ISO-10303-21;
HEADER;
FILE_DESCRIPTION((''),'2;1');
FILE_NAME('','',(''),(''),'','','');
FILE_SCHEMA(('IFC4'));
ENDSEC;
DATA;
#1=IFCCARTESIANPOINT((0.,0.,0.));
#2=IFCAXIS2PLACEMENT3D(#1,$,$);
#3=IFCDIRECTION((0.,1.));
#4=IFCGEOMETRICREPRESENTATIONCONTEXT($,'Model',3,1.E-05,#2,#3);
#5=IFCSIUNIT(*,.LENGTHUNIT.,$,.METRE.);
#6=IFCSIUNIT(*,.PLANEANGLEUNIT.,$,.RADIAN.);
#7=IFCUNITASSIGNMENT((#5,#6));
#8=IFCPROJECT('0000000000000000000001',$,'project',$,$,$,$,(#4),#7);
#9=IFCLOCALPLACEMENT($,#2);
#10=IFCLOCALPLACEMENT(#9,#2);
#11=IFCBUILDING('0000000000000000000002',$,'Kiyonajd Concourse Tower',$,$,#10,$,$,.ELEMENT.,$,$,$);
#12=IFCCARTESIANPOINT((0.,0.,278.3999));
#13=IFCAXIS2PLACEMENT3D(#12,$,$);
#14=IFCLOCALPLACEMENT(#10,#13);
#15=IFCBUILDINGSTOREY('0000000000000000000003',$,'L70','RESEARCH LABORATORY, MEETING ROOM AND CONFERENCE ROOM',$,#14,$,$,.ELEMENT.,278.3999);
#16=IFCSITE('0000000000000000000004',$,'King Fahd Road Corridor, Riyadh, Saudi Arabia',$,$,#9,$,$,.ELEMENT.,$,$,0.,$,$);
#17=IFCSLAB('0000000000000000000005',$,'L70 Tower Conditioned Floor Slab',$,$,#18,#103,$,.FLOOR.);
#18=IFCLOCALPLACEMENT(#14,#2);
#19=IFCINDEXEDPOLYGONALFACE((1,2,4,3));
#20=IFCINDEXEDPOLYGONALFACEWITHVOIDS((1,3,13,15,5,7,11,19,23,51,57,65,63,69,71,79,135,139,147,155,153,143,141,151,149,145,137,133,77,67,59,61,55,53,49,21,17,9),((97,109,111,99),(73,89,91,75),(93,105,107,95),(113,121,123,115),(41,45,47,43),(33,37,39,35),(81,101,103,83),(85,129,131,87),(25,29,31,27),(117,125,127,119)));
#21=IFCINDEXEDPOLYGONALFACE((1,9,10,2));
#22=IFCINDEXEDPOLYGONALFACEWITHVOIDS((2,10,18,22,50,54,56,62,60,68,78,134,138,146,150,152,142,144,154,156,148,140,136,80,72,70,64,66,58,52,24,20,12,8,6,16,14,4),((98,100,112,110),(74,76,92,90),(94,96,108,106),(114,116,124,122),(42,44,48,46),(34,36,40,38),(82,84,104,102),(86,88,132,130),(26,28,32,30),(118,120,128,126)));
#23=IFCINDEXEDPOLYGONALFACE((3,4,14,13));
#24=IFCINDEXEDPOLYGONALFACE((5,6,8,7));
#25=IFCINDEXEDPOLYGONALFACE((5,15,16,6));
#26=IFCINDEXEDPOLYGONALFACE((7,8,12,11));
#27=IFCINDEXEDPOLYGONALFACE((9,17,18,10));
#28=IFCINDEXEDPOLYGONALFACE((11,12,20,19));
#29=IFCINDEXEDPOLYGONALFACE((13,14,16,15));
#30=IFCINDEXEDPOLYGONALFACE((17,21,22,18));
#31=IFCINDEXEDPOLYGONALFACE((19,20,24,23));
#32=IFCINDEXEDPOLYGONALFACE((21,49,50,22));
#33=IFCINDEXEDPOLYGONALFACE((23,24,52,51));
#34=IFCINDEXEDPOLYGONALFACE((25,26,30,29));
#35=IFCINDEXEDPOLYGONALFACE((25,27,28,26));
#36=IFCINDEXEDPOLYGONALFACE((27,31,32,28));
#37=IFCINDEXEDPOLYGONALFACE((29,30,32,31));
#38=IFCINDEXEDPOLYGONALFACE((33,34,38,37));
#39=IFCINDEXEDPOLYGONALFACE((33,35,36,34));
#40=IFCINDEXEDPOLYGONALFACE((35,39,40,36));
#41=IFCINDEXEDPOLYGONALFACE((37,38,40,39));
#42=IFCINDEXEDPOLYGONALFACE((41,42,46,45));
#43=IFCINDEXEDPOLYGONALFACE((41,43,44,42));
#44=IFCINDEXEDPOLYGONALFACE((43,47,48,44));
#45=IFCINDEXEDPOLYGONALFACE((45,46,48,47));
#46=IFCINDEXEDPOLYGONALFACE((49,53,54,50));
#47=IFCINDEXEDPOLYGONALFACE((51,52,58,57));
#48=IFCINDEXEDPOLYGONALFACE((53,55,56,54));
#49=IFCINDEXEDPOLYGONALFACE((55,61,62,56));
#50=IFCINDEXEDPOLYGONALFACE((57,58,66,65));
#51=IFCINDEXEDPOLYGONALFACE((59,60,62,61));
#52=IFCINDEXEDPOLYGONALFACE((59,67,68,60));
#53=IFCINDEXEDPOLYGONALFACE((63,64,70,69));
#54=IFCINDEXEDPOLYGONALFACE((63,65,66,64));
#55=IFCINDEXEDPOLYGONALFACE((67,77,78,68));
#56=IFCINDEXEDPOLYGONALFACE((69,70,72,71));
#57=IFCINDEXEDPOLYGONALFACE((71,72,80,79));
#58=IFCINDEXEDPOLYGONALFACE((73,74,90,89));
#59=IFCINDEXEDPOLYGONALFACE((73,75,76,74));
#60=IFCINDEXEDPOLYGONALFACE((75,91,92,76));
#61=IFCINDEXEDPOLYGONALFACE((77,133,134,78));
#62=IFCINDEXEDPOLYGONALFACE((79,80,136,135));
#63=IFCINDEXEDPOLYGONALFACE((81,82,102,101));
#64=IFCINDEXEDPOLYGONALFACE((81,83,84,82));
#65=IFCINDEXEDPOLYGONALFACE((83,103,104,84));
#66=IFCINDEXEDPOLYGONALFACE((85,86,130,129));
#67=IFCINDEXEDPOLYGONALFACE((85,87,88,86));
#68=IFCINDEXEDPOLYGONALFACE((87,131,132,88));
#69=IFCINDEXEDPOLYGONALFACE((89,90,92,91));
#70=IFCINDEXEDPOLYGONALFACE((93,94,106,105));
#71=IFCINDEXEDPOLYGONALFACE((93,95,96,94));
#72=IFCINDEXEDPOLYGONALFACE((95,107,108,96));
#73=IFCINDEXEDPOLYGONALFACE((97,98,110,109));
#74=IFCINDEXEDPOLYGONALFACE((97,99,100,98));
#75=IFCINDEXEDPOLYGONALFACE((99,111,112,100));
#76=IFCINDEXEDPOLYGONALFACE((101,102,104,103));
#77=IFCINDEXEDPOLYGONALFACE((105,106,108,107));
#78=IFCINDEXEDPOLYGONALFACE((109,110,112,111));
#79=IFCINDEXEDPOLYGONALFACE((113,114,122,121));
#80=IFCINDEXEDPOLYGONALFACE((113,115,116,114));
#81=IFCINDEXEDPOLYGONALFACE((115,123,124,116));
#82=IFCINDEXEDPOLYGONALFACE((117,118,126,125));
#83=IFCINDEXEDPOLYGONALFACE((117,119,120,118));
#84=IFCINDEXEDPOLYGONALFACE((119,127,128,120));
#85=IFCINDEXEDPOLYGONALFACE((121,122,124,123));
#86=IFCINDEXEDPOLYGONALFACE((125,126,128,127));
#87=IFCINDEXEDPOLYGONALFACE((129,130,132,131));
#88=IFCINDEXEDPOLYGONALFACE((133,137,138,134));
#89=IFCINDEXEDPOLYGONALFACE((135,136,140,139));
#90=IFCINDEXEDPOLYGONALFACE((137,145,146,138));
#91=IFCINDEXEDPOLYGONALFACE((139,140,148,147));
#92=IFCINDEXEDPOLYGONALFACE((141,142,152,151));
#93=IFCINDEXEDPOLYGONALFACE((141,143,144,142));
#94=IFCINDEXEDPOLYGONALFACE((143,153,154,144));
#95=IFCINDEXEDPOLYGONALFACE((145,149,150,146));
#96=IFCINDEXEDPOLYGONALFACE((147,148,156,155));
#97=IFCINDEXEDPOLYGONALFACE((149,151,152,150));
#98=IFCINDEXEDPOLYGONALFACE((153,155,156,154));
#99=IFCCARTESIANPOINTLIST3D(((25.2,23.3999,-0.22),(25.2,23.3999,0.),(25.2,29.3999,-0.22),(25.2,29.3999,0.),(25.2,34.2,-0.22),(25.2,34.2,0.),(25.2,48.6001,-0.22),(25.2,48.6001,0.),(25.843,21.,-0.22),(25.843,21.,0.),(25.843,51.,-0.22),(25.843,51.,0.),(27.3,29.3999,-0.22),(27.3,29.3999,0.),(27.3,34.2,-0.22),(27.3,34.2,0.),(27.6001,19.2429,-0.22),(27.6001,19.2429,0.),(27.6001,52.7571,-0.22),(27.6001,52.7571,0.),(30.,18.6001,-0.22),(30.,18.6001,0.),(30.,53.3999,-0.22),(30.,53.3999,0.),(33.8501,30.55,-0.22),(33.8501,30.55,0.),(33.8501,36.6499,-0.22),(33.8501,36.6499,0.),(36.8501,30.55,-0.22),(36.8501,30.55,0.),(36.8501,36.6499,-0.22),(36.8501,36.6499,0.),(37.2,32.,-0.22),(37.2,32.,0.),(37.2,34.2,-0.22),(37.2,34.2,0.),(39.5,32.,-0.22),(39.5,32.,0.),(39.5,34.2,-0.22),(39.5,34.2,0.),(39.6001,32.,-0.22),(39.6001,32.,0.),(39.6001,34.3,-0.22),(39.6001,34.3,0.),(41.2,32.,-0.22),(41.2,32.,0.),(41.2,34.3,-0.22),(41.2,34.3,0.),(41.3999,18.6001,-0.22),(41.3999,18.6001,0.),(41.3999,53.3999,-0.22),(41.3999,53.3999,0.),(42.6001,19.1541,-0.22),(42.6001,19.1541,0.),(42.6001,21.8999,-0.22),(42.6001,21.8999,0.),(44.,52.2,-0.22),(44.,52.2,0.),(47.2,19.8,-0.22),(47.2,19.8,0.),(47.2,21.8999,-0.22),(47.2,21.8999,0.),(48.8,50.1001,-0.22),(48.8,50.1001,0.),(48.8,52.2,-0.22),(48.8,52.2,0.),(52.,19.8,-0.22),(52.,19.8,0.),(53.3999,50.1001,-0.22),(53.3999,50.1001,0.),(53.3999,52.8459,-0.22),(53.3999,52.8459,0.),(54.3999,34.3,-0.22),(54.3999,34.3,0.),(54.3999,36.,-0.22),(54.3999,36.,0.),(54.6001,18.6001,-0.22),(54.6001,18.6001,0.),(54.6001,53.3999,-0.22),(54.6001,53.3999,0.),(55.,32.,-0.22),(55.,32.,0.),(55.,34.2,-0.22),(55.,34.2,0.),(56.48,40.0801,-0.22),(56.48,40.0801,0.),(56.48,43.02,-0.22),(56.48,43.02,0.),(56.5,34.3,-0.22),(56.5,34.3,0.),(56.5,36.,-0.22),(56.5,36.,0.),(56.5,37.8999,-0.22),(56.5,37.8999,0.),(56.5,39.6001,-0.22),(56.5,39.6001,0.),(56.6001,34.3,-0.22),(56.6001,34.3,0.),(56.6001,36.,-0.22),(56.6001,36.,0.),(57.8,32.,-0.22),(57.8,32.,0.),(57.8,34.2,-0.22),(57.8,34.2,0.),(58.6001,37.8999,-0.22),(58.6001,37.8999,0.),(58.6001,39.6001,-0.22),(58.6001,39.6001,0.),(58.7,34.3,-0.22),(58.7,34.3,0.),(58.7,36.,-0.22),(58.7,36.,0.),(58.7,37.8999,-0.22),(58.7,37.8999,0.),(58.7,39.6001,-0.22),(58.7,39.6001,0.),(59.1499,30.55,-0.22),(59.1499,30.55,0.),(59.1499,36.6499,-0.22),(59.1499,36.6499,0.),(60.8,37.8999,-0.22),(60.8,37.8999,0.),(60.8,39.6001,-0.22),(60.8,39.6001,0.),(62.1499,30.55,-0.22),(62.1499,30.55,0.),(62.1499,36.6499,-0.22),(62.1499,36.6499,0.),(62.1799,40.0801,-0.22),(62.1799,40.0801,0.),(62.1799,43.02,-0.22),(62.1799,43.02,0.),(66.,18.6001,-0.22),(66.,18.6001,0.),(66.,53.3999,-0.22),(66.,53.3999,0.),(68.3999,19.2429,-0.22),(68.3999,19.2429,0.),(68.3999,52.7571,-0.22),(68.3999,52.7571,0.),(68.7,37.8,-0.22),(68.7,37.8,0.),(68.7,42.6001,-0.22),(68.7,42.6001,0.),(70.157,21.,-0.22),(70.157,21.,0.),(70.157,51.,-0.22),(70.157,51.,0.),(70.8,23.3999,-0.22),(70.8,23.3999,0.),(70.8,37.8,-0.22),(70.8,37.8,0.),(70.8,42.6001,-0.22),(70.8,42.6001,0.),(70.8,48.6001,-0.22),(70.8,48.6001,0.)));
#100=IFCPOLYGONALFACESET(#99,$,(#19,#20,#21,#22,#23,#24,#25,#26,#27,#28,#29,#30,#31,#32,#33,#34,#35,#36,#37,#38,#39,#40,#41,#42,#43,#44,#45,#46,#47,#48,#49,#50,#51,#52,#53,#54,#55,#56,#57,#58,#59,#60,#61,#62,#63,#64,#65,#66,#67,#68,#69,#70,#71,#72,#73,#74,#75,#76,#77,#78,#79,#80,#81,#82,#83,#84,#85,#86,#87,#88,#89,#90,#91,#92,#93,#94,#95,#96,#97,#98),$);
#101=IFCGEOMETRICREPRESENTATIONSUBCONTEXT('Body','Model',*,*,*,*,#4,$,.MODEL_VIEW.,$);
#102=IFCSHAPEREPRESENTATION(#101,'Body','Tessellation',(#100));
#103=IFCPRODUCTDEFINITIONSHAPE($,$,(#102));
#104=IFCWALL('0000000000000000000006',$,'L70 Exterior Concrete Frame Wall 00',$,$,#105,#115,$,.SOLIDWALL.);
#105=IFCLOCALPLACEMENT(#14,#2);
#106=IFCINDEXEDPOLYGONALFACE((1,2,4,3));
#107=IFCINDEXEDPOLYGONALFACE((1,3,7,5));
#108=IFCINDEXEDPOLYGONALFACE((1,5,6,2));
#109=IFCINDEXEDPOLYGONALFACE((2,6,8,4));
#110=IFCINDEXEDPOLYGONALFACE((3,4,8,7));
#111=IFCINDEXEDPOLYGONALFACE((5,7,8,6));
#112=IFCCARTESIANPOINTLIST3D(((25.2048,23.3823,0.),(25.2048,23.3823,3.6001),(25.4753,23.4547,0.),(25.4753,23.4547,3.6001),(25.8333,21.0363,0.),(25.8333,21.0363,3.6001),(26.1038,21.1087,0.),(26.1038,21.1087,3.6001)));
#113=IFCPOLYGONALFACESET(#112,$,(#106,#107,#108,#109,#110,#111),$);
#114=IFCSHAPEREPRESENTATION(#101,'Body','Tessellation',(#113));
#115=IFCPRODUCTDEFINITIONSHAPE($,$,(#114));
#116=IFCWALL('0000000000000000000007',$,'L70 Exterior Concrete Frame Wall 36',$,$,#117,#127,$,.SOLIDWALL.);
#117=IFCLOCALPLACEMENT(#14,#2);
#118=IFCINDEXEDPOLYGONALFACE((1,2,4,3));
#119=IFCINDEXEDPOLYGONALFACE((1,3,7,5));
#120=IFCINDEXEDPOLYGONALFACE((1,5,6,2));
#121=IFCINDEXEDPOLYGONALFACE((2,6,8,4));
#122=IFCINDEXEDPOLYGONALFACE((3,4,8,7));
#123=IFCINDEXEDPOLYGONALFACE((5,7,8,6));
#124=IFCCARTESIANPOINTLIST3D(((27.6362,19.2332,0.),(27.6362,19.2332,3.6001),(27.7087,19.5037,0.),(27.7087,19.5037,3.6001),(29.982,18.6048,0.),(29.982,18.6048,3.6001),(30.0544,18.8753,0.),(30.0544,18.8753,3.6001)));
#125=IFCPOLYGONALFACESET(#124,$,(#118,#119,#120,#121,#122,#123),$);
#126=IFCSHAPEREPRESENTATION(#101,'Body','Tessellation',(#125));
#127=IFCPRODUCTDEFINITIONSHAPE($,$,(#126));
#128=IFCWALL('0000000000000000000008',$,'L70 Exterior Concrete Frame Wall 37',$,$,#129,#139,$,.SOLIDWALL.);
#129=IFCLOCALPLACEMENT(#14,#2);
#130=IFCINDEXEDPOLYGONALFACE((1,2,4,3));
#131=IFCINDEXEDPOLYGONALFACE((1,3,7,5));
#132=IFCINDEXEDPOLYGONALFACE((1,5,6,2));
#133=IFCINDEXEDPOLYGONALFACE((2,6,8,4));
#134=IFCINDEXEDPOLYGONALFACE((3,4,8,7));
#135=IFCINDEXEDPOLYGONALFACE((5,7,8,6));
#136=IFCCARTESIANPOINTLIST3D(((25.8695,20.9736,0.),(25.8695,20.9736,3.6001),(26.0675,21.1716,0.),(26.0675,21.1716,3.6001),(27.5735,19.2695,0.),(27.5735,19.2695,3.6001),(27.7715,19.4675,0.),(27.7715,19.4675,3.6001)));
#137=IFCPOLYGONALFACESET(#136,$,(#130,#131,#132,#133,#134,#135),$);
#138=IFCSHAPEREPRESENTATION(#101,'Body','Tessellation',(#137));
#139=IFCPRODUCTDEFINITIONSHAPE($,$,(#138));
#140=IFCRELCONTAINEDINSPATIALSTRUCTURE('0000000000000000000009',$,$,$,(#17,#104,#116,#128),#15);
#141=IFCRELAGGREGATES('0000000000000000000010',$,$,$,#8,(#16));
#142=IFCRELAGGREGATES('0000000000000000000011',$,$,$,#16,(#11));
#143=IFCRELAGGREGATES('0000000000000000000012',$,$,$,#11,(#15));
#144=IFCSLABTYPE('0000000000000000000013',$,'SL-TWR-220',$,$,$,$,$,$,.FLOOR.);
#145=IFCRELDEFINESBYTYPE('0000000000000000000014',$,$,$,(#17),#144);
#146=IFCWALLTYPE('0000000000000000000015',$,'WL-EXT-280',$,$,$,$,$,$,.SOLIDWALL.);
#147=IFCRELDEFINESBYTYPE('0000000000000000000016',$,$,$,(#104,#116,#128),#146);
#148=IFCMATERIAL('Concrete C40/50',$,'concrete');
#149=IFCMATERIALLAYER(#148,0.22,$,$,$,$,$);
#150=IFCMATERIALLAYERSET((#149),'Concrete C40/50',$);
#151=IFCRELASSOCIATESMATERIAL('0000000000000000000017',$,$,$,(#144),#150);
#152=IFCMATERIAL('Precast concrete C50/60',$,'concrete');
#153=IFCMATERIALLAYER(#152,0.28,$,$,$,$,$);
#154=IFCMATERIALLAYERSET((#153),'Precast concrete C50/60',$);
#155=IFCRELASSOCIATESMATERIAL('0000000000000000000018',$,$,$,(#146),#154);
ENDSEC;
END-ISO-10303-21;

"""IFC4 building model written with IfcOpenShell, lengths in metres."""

from ifc_helpers import new_model, si_unit, direction, frame, frame_2d, origin, place, context, subcontext, project, spatial, polyline, rectangle, outline, extrude, material, layer, layer_set, type_object, element, save


model = new_model("IFC4")

# Units and contexts
model_context = context("Model", 3, precision=1e-05, world=origin(), true_north=direction((0.0, 1.0)))
body_context = subcontext(model_context, "Body", "Model", "MODEL_VIEW")
ifc_project = project(units=[si_unit("LENGTHUNIT", "METRE"), si_unit("PLANEANGLEUNIT", "RADIAN")], contexts=[model_context])

# Site, building, storey
site_placement = place(None, origin())
site = spatial("IfcSite", under=ifc_project, at=site_placement, Name="King Fahd Road Corridor, Riyadh, Saudi Arabia", CompositionType="ELEMENT", RefElevation=0.0)
building_placement = place(site_placement, origin())
building = spatial("IfcBuilding", under=site, at=building_placement, Name="Kiyonajd Concourse Tower", CompositionType="ELEMENT")
storey_placement = place(building_placement, frame((0.0, 0.0, 278.3999)))
storey = spatial("IfcBuildingStorey", under=building, at=storey_placement, Name="L70", Description="RESEARCH LABORATORY, MEETING ROOM AND CONFERENCE ROOM", CompositionType="ELEMENT", Elevation=278.3999)

# Shared definitions
ifc_material_1 = material(Name="Concrete C40/50", Category="concrete")

# Slab
ifc_material_2 = material(Name="Precast concrete C50/60", Category="concrete")
ifc_layer_1 = layer(ifc_material_1, 0.22)
ifc_layer_set_1 = layer_set([ifc_layer_1], Name="Concrete C40/50")
slab_type_1 = type_object("IfcSlabType", Name="SL-TWR-220", PredefinedType="FLOOR", material=ifc_layer_set_1)
slab_1_placement = place(storey_placement, frame((0.0, 0.0, -0.22)))
element("IfcSlab", 1, at=slab_1_placement, inside=storey, type_object=slab_type_1, Name="L70 Tower Conditioned Floor Slab", PredefinedType="FLOOR", context=body_context, shape_type="SweptSolid", body=[
    extrude(outline(polyline([(25.843, 21.0), (25.2, 23.3999), (25.2, 29.3999), (27.3, 29.3999), (27.3, 34.2), (25.2, 34.2), (25.2, 48.6001), (25.843, 51.0), (27.6001, 52.7571), (30.0, 53.3999), (41.3999, 53.3999), (44.0, 52.2), (48.8, 52.2), (48.8, 50.1001), (53.3999, 50.1001), (53.3999, 52.8459), (54.6001, 53.3999), (66.0, 53.3999), (68.3999, 52.7571), (70.157, 51.0), (70.8, 48.6001), (70.8, 42.6001), (68.7, 42.6001), (68.7, 37.8), (70.8, 37.8), (70.8, 23.3999), (70.157, 21.0), (68.3999, 19.2429), (66.0, 18.6001), (54.6001, 18.6001), (52.0, 19.8), (47.2, 19.8), (47.2, 21.8999), (42.6001, 21.8999), (42.6001, 19.1541), (41.3999, 18.6001), (30.0, 18.6001), (27.6001, 19.2429), (25.843, 21.0)]), holes=[polyline([(39.5, 32.0), (37.2, 32.0), (37.2, 34.2), (39.5, 34.2), (39.5, 32.0)]), polyline([(57.8, 32.0), (55.0, 32.0), (55.0, 34.2), (57.8, 34.2), (57.8, 32.0)]), polyline([(41.2, 32.0), (39.6001, 32.0), (39.6001, 34.3), (41.2, 34.3), (41.2, 32.0)]), polyline([(33.8501, 30.55), (33.8501, 36.6499), (36.8501, 36.6499), (36.8501, 30.55), (33.8501, 30.55)]), polyline([(59.1499, 30.55), (59.1499, 36.6499), (62.1499, 36.6499), (62.1499, 30.55), (59.1499, 30.55)]), polyline([(56.5, 34.3), (54.3999, 34.3), (54.3999, 36.0), (56.5, 36.0), (56.5, 34.3)]), polyline([(58.7, 34.3), (56.6001, 34.3), (56.6001, 36.0), (58.7, 36.0), (58.7, 34.3)]), polyline([(58.6001, 37.8999), (56.5, 37.8999), (56.5, 39.6001), (58.6001, 39.6001), (58.6001, 37.8999)]), polyline([(58.7, 37.8999), (58.7, 39.6001), (60.8, 39.6001), (60.8, 37.8999), (58.7, 37.8999)]), polyline([(56.48, 43.02), (62.1799, 43.02), (62.1799, 40.0801), (56.48, 40.0801), (56.48, 43.02)])]), origin(), (0.0, 0.0, 1.0), 0.22),
])

# Walls
ifc_layer_2 = layer(ifc_material_2, 0.28)
ifc_layer_set_2 = layer_set([ifc_layer_2], Name="Precast concrete C50/60")
wall_type = type_object("IfcWallType", Name="WL-EXT-280", PredefinedType="SOLIDWALL", material=ifc_layer_set_2)
wall_1_placement = place(storey_placement, frame((25.9685, 21.0725, 0.0), z_axis=(0.0, 0.0, 1.0), x_axis=(-0.258751, 0.965944, 0.0)))
element("IfcWall", 2, at=wall_1_placement, inside=storey, type_object=wall_type, Name="L70 Exterior Concrete Frame Wall 00", PredefinedType="SOLIDWALL", context=body_context, shape_type="SweptSolid", body=[
    extrude(rectangle(XDim=2.4287, YDim=0.28, at=frame_2d((1.2144, 0.0))), origin(), (0.0, 0.0, 1.0), 3.6001),
])
wall_2_placement = place(storey_placement, frame((30.0183, 18.74, 0.0), z_axis=(0.0, 0.0, 1.0), x_axis=(-0.965937, 0.258776, 0.0)))
element("IfcWall", 3, at=wall_2_placement, inside=storey, type_object=wall_type, Name="L70 Exterior Concrete Frame Wall 36", PredefinedType="SOLIDWALL", context=body_context, shape_type="SweptSolid", body=[
    extrude(rectangle(XDim=2.4285, YDim=0.28, at=frame_2d((1.2144, 0.0))), origin(), (0.0, 0.0, 1.0), 3.6001),
])
wall_3_placement = place(storey_placement, frame((27.6726, 19.3684, 0.0), z_axis=(0.0, 0.0, 1.0), x_axis=(-0.707107, 0.707107, 0.0)))
element("IfcWall", 4, at=wall_3_placement, inside=storey, type_object=wall_type, Name="L70 Exterior Concrete Frame Wall 37", PredefinedType="SOLIDWALL", context=body_context, shape_type="SweptSolid", body=[
    extrude(rectangle(XDim=2.4099, YDim=0.28, at=frame_2d((1.2051, 0.0))), origin(), (0.0, 0.0, 1.0), 3.6001),
])

save(model, "model.ifc")
